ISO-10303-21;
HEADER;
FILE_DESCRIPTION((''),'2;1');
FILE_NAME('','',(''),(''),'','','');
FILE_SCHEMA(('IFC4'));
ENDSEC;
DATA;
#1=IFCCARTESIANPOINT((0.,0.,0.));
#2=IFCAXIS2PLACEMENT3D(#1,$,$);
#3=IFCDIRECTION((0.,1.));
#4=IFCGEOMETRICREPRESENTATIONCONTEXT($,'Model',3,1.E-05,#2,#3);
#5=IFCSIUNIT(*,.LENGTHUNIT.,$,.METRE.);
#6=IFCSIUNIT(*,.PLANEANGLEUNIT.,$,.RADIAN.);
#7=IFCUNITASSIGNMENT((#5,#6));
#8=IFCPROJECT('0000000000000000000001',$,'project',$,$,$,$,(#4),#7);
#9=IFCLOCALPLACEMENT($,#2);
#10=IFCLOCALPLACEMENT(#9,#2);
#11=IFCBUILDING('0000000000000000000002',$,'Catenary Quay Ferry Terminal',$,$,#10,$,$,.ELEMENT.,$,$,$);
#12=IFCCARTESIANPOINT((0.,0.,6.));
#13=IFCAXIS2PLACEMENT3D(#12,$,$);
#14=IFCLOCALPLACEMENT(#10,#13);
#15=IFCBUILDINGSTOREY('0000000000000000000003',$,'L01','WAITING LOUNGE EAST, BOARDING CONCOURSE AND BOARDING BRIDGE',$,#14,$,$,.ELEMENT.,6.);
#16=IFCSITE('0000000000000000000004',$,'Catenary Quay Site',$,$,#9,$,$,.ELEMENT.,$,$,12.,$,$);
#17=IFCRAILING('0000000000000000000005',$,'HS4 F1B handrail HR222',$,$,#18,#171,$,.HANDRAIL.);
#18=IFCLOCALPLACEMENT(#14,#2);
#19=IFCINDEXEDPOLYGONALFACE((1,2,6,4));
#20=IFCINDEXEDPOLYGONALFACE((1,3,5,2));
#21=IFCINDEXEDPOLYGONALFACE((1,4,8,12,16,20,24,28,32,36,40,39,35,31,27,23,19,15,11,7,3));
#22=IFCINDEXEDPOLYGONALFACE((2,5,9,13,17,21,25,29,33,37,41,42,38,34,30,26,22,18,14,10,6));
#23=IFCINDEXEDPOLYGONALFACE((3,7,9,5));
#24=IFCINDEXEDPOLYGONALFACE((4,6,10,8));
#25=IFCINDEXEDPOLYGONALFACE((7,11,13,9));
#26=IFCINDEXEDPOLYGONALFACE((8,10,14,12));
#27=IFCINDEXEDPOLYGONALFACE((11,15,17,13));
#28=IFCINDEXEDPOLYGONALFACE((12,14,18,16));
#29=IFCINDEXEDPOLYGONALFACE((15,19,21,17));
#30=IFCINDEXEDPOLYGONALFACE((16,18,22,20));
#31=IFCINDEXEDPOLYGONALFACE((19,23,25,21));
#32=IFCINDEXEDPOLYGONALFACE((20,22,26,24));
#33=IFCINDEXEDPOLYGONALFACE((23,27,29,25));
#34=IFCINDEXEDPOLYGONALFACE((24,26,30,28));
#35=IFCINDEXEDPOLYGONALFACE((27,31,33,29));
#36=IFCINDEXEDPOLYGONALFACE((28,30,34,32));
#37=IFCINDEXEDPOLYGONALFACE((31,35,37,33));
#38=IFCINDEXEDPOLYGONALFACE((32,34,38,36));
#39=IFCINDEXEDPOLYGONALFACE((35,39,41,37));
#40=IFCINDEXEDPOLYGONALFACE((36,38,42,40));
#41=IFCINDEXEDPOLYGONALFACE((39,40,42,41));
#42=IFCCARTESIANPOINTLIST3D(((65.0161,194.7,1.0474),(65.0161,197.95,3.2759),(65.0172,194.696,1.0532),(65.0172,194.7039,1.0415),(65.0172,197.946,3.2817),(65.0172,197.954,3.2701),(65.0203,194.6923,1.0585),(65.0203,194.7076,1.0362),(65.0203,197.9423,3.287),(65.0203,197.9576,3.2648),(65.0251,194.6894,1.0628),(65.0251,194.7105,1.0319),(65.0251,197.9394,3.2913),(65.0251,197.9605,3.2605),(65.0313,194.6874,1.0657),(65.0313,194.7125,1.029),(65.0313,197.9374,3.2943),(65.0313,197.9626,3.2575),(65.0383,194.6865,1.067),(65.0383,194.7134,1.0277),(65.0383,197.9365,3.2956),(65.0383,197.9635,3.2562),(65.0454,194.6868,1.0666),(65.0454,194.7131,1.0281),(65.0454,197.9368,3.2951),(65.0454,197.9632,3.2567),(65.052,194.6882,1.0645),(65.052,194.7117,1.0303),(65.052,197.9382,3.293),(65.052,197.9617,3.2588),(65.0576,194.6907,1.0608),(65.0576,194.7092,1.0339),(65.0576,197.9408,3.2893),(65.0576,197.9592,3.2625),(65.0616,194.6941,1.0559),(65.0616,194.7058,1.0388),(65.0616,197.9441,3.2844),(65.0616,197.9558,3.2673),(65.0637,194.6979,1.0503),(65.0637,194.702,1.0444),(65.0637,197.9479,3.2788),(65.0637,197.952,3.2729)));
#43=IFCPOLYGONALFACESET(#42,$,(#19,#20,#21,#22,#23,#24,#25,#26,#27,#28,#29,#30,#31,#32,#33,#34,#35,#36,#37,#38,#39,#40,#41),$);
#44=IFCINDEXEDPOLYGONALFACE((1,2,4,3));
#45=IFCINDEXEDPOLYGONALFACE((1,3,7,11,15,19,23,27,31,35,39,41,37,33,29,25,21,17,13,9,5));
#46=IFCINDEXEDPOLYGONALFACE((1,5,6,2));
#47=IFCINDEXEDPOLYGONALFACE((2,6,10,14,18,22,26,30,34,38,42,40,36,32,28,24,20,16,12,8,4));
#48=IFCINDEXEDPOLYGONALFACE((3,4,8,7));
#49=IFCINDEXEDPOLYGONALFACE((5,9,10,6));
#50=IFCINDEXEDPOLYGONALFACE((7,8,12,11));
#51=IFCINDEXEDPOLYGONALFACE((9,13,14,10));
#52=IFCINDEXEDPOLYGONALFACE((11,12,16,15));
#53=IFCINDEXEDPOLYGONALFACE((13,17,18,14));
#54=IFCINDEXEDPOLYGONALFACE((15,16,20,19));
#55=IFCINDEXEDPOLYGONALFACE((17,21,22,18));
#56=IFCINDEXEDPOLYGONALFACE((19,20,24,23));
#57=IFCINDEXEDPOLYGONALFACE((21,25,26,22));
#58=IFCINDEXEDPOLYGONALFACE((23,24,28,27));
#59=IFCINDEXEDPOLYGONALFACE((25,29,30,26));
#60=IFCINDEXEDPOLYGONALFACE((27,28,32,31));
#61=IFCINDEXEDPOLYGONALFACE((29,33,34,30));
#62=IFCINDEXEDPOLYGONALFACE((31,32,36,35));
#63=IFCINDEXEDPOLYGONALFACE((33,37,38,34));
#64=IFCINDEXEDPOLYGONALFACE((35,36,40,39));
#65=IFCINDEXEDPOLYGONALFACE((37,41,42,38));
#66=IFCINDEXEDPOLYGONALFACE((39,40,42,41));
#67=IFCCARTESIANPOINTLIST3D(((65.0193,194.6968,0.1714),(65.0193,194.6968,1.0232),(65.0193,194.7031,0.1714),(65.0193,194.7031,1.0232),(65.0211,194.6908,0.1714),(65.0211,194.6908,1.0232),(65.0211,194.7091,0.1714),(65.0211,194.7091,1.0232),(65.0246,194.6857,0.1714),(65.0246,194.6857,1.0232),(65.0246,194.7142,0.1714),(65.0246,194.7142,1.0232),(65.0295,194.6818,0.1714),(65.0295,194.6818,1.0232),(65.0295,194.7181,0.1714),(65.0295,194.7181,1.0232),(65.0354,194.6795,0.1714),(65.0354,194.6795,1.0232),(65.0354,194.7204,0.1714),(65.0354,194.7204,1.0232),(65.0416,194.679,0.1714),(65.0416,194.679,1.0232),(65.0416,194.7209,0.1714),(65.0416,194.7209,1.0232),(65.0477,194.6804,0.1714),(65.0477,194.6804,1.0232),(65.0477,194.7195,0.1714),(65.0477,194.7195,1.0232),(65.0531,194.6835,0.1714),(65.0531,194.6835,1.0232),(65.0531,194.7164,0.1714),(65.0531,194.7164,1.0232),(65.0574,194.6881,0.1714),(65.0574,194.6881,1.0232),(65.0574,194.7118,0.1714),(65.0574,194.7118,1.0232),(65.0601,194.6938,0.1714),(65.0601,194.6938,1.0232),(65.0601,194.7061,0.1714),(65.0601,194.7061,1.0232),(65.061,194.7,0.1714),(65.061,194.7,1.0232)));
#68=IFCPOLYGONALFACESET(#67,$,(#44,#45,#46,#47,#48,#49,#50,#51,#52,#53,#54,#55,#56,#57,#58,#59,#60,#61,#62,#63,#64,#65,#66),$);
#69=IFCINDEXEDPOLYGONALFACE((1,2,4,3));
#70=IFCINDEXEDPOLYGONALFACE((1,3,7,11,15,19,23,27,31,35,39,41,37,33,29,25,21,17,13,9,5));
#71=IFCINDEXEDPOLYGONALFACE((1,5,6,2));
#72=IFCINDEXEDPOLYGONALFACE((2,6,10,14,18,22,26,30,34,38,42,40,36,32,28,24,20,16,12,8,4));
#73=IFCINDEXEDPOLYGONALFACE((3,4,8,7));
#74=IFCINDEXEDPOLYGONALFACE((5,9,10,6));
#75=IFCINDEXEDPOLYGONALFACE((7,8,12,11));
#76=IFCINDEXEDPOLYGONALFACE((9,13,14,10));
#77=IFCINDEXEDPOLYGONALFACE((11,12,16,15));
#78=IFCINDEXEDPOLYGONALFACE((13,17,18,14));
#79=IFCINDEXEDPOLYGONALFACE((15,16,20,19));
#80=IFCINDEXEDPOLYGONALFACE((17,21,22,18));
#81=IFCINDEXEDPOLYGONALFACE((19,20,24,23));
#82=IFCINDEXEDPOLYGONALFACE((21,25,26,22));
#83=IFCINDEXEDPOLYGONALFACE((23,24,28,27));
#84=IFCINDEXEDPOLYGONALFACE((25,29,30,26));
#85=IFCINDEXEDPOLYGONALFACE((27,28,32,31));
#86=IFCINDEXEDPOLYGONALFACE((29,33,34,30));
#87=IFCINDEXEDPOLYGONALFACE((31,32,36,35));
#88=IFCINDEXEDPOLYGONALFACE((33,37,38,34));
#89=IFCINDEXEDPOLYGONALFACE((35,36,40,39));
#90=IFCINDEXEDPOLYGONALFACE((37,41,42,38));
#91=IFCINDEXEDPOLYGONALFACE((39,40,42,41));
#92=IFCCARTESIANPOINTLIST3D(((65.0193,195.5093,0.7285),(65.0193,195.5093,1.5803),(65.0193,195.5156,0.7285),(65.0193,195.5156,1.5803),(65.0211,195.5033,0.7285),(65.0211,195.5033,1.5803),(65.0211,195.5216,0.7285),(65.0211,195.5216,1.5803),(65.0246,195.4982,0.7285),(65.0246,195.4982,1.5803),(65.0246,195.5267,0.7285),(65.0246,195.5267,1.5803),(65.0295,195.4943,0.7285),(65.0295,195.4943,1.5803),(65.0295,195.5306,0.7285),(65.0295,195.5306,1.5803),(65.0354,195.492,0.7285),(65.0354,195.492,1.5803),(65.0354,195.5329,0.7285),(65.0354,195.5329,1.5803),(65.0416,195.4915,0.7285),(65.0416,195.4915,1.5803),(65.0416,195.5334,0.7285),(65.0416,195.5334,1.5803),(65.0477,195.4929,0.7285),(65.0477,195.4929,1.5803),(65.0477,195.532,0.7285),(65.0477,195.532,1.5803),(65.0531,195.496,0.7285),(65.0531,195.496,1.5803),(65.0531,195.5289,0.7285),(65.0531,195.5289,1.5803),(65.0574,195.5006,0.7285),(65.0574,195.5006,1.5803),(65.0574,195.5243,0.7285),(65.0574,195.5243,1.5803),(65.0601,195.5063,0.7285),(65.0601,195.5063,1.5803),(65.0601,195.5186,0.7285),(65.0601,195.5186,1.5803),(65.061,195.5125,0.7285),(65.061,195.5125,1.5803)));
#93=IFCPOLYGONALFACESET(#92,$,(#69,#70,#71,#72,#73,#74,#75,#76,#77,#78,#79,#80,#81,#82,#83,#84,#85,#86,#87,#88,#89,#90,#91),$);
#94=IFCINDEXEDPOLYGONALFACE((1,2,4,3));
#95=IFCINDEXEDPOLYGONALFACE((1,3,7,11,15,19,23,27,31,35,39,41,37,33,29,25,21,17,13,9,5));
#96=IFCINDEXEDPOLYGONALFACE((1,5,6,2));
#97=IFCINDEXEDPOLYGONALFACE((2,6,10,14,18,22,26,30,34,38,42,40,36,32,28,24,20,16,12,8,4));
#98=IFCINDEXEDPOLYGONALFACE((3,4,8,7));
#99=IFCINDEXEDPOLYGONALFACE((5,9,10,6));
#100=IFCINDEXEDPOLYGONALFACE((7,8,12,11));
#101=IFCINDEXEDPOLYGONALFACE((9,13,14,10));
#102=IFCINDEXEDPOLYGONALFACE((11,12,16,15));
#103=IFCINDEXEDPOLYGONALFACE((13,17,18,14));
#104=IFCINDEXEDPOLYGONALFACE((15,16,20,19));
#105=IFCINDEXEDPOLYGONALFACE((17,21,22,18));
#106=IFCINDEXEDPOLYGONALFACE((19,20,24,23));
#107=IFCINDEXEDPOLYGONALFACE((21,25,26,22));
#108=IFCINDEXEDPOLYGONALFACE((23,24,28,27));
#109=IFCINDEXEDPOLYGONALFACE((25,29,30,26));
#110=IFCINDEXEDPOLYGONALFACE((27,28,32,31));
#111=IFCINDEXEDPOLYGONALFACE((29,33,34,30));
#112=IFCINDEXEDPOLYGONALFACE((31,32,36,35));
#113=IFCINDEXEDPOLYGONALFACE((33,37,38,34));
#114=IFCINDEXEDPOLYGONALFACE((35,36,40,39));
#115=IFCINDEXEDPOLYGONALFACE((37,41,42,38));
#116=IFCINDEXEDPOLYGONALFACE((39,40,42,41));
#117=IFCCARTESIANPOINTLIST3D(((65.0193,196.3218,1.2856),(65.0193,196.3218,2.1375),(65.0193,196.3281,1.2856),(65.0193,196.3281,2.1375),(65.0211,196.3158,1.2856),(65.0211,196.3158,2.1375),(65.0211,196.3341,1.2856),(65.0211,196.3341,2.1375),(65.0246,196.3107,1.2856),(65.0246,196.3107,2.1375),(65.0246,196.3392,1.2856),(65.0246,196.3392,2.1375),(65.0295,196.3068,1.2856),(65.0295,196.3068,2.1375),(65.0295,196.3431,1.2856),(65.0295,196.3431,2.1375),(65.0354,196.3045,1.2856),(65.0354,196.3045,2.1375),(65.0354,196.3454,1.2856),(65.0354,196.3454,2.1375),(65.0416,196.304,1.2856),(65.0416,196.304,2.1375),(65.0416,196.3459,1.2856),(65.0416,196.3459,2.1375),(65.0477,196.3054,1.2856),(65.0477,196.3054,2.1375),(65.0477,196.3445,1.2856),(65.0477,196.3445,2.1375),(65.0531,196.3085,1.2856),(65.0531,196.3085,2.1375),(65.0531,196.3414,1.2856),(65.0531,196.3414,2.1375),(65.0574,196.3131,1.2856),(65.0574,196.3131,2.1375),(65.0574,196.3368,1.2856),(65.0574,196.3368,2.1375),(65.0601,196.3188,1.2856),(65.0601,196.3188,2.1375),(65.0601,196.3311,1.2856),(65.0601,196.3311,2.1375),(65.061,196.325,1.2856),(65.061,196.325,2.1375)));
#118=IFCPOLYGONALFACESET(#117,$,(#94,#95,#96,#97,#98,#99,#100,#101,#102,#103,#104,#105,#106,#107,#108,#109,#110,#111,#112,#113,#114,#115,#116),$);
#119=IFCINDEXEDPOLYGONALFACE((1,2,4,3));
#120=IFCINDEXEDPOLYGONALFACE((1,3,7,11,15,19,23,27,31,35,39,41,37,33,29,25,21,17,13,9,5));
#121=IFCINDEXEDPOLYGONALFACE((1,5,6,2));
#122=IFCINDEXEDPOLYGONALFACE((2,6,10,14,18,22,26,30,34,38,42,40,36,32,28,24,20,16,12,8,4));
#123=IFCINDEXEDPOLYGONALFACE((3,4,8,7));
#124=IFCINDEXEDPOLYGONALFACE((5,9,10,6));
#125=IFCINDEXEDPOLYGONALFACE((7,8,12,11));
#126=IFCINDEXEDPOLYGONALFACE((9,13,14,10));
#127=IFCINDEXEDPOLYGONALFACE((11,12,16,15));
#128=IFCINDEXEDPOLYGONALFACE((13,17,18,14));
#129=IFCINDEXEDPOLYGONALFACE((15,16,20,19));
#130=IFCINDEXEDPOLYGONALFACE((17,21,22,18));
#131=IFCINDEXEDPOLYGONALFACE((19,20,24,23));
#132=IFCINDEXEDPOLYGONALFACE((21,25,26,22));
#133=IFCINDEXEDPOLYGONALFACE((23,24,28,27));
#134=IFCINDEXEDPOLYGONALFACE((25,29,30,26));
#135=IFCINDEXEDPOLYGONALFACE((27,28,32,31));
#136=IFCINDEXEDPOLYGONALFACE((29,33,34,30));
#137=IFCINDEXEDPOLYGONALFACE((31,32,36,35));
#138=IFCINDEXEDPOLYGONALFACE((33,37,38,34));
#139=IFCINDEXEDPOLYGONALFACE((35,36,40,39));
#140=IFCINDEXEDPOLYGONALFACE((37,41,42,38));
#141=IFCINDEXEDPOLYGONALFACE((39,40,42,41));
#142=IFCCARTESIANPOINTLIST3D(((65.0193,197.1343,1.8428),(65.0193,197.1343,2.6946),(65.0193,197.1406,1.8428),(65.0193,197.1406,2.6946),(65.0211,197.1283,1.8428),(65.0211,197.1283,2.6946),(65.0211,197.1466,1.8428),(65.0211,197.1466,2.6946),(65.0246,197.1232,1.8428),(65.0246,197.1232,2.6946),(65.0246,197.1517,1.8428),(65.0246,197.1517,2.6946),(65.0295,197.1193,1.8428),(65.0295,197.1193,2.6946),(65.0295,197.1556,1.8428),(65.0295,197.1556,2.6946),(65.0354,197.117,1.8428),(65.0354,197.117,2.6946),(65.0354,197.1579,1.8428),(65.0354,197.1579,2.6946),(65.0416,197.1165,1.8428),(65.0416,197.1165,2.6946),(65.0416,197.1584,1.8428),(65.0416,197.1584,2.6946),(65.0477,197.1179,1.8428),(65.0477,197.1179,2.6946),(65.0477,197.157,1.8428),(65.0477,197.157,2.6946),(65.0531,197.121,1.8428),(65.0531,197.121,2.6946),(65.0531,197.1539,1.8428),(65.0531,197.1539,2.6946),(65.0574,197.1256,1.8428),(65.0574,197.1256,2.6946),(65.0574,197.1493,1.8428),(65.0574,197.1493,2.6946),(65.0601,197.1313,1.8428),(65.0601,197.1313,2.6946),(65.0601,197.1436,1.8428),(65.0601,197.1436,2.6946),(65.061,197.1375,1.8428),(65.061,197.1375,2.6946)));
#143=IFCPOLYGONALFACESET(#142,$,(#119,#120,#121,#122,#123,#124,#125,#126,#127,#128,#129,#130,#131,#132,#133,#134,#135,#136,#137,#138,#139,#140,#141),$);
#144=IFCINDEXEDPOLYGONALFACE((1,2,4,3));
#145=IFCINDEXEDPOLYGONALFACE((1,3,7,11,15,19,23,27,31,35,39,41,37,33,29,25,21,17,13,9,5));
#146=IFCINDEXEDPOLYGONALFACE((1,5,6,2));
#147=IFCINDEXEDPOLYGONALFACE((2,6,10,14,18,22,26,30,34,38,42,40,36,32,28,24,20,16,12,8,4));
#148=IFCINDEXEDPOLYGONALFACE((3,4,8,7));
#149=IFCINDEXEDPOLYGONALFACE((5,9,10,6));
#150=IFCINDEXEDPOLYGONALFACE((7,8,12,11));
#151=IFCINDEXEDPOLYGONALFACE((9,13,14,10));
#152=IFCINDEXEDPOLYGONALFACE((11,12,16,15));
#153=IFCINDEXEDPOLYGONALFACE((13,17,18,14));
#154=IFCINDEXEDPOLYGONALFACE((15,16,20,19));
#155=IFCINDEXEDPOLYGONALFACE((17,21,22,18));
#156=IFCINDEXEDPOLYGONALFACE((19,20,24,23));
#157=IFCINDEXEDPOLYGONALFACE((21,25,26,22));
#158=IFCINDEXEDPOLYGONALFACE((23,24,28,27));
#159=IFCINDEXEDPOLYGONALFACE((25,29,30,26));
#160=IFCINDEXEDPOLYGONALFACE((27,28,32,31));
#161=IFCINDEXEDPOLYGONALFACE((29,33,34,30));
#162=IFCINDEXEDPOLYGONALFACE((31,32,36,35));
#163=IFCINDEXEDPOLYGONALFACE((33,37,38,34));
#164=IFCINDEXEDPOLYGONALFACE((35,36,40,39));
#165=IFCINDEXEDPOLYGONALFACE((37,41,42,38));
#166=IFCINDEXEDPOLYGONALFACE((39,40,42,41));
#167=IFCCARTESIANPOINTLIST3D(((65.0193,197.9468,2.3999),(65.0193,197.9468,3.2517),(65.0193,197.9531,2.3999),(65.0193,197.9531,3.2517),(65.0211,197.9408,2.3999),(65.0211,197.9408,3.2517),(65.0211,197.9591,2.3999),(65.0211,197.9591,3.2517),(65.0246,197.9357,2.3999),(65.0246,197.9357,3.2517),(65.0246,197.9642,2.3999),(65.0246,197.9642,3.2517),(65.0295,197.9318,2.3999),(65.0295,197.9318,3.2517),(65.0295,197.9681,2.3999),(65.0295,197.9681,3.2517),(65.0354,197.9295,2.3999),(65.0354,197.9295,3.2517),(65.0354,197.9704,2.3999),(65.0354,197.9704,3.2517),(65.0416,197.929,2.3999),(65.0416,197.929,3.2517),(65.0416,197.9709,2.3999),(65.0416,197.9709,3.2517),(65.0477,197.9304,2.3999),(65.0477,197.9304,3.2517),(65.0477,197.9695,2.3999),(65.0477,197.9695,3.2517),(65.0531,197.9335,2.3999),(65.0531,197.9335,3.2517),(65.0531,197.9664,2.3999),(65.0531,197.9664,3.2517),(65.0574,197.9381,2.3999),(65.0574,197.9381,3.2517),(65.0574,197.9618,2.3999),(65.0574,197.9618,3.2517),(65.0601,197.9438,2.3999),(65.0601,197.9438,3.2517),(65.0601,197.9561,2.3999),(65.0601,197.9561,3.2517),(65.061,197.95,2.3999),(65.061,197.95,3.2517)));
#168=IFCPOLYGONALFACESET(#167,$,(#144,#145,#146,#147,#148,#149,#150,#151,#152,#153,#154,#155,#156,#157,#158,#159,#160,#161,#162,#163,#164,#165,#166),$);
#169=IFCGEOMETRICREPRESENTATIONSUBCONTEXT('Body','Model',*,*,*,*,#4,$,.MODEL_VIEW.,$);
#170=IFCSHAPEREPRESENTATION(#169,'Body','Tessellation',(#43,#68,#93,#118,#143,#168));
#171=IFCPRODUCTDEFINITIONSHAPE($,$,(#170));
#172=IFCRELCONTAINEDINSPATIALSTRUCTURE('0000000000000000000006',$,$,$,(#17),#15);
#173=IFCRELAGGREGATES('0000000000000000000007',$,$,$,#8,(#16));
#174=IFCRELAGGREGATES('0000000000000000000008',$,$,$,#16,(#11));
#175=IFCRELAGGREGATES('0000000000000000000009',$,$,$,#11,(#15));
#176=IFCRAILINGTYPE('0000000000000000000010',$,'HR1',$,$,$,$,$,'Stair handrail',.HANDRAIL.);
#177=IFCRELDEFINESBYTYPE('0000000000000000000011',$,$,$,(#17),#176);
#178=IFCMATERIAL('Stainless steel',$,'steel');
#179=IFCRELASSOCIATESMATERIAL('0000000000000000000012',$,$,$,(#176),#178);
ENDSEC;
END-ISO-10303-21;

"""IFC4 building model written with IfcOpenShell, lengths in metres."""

from ifc_helpers import new_model, si_unit, direction, frame, origin, origin_2d, place, context, subcontext, project, spatial, circle, extrude, material, type_object, element, save


model = new_model("IFC4")

# Units and contexts
model_context = context("Model", 3, precision=1e-05, world=origin(), true_north=direction((0.0, 1.0)))
body_context = subcontext(model_context, "Body", "Model", "MODEL_VIEW")
ifc_project = project(units=[si_unit("LENGTHUNIT", "METRE"), si_unit("PLANEANGLEUNIT", "RADIAN")], contexts=[model_context])

# Site, building, storey
site_placement = place(None, origin())
site = spatial("IfcSite", under=ifc_project, at=site_placement, Name="Catenary Quay Site", CompositionType="ELEMENT", RefElevation=12.0)
building_placement = place(site_placement, origin())
building = spatial("IfcBuilding", under=site, at=building_placement, Name="Catenary Quay Ferry Terminal", CompositionType="ELEMENT")
storey_placement = place(building_placement, frame((0.0, 0.0, 6.0)))
storey = spatial("IfcBuildingStorey", under=building, at=storey_placement, Name="L01", Description="WAITING LOUNGE EAST, BOARDING CONCOURSE AND BOARDING BRIDGE", CompositionType="ELEMENT", Elevation=6.0)

# Railing
ifc_material_1 = material(Name="Stainless steel", Category="steel")
railing_type_1 = type_object("IfcRailingType", Name="HR1", ElementType="Stair handrail", PredefinedType="HANDRAIL", material=ifc_material_1)
for number, where, name in (
    (1, (65.04, 194.7, 0.1714), "HS4 F1B handrail HR222"),
):
    element("IfcRailing", number, at=place(storey_placement, frame(where)), inside=storey, type_object=railing_type_1, Name=name, PredefinedType="HANDRAIL", context=body_context, shape_type="SweptSolid", body=[
        extrude(circle(Radius=0.0239, at=origin_2d()), frame((0.0, 0.0, 0.876), z_axis=(0.0, 0.824735, 0.565519), x_axis=(-1.0, 0.0, 0.0)), (0.0, 0.0, 1.0), 3.9407),
        extrude(circle(Radius=0.021, at=origin_2d()), origin(), (0.0, 0.0, 1.0), 0.8518),
        extrude(circle(Radius=0.021, at=origin_2d()), frame((0.0, 0.8125, 0.5571)), (0.0, 0.0, 1.0), 0.8518),
        extrude(circle(Radius=0.021, at=origin_2d()), frame((0.0, 1.625, 1.1143)), (0.0, 0.0, 1.0), 0.8518),
        extrude(circle(Radius=0.021, at=origin_2d()), frame((0.0, 2.4375, 1.6714)), (0.0, 0.0, 1.0), 0.8518),
        extrude(circle(Radius=0.021, at=origin_2d()), frame((0.0, 3.25, 2.2285)), (0.0, 0.0, 1.0), 0.8518),
    ])

save(model, "model.ifc")
